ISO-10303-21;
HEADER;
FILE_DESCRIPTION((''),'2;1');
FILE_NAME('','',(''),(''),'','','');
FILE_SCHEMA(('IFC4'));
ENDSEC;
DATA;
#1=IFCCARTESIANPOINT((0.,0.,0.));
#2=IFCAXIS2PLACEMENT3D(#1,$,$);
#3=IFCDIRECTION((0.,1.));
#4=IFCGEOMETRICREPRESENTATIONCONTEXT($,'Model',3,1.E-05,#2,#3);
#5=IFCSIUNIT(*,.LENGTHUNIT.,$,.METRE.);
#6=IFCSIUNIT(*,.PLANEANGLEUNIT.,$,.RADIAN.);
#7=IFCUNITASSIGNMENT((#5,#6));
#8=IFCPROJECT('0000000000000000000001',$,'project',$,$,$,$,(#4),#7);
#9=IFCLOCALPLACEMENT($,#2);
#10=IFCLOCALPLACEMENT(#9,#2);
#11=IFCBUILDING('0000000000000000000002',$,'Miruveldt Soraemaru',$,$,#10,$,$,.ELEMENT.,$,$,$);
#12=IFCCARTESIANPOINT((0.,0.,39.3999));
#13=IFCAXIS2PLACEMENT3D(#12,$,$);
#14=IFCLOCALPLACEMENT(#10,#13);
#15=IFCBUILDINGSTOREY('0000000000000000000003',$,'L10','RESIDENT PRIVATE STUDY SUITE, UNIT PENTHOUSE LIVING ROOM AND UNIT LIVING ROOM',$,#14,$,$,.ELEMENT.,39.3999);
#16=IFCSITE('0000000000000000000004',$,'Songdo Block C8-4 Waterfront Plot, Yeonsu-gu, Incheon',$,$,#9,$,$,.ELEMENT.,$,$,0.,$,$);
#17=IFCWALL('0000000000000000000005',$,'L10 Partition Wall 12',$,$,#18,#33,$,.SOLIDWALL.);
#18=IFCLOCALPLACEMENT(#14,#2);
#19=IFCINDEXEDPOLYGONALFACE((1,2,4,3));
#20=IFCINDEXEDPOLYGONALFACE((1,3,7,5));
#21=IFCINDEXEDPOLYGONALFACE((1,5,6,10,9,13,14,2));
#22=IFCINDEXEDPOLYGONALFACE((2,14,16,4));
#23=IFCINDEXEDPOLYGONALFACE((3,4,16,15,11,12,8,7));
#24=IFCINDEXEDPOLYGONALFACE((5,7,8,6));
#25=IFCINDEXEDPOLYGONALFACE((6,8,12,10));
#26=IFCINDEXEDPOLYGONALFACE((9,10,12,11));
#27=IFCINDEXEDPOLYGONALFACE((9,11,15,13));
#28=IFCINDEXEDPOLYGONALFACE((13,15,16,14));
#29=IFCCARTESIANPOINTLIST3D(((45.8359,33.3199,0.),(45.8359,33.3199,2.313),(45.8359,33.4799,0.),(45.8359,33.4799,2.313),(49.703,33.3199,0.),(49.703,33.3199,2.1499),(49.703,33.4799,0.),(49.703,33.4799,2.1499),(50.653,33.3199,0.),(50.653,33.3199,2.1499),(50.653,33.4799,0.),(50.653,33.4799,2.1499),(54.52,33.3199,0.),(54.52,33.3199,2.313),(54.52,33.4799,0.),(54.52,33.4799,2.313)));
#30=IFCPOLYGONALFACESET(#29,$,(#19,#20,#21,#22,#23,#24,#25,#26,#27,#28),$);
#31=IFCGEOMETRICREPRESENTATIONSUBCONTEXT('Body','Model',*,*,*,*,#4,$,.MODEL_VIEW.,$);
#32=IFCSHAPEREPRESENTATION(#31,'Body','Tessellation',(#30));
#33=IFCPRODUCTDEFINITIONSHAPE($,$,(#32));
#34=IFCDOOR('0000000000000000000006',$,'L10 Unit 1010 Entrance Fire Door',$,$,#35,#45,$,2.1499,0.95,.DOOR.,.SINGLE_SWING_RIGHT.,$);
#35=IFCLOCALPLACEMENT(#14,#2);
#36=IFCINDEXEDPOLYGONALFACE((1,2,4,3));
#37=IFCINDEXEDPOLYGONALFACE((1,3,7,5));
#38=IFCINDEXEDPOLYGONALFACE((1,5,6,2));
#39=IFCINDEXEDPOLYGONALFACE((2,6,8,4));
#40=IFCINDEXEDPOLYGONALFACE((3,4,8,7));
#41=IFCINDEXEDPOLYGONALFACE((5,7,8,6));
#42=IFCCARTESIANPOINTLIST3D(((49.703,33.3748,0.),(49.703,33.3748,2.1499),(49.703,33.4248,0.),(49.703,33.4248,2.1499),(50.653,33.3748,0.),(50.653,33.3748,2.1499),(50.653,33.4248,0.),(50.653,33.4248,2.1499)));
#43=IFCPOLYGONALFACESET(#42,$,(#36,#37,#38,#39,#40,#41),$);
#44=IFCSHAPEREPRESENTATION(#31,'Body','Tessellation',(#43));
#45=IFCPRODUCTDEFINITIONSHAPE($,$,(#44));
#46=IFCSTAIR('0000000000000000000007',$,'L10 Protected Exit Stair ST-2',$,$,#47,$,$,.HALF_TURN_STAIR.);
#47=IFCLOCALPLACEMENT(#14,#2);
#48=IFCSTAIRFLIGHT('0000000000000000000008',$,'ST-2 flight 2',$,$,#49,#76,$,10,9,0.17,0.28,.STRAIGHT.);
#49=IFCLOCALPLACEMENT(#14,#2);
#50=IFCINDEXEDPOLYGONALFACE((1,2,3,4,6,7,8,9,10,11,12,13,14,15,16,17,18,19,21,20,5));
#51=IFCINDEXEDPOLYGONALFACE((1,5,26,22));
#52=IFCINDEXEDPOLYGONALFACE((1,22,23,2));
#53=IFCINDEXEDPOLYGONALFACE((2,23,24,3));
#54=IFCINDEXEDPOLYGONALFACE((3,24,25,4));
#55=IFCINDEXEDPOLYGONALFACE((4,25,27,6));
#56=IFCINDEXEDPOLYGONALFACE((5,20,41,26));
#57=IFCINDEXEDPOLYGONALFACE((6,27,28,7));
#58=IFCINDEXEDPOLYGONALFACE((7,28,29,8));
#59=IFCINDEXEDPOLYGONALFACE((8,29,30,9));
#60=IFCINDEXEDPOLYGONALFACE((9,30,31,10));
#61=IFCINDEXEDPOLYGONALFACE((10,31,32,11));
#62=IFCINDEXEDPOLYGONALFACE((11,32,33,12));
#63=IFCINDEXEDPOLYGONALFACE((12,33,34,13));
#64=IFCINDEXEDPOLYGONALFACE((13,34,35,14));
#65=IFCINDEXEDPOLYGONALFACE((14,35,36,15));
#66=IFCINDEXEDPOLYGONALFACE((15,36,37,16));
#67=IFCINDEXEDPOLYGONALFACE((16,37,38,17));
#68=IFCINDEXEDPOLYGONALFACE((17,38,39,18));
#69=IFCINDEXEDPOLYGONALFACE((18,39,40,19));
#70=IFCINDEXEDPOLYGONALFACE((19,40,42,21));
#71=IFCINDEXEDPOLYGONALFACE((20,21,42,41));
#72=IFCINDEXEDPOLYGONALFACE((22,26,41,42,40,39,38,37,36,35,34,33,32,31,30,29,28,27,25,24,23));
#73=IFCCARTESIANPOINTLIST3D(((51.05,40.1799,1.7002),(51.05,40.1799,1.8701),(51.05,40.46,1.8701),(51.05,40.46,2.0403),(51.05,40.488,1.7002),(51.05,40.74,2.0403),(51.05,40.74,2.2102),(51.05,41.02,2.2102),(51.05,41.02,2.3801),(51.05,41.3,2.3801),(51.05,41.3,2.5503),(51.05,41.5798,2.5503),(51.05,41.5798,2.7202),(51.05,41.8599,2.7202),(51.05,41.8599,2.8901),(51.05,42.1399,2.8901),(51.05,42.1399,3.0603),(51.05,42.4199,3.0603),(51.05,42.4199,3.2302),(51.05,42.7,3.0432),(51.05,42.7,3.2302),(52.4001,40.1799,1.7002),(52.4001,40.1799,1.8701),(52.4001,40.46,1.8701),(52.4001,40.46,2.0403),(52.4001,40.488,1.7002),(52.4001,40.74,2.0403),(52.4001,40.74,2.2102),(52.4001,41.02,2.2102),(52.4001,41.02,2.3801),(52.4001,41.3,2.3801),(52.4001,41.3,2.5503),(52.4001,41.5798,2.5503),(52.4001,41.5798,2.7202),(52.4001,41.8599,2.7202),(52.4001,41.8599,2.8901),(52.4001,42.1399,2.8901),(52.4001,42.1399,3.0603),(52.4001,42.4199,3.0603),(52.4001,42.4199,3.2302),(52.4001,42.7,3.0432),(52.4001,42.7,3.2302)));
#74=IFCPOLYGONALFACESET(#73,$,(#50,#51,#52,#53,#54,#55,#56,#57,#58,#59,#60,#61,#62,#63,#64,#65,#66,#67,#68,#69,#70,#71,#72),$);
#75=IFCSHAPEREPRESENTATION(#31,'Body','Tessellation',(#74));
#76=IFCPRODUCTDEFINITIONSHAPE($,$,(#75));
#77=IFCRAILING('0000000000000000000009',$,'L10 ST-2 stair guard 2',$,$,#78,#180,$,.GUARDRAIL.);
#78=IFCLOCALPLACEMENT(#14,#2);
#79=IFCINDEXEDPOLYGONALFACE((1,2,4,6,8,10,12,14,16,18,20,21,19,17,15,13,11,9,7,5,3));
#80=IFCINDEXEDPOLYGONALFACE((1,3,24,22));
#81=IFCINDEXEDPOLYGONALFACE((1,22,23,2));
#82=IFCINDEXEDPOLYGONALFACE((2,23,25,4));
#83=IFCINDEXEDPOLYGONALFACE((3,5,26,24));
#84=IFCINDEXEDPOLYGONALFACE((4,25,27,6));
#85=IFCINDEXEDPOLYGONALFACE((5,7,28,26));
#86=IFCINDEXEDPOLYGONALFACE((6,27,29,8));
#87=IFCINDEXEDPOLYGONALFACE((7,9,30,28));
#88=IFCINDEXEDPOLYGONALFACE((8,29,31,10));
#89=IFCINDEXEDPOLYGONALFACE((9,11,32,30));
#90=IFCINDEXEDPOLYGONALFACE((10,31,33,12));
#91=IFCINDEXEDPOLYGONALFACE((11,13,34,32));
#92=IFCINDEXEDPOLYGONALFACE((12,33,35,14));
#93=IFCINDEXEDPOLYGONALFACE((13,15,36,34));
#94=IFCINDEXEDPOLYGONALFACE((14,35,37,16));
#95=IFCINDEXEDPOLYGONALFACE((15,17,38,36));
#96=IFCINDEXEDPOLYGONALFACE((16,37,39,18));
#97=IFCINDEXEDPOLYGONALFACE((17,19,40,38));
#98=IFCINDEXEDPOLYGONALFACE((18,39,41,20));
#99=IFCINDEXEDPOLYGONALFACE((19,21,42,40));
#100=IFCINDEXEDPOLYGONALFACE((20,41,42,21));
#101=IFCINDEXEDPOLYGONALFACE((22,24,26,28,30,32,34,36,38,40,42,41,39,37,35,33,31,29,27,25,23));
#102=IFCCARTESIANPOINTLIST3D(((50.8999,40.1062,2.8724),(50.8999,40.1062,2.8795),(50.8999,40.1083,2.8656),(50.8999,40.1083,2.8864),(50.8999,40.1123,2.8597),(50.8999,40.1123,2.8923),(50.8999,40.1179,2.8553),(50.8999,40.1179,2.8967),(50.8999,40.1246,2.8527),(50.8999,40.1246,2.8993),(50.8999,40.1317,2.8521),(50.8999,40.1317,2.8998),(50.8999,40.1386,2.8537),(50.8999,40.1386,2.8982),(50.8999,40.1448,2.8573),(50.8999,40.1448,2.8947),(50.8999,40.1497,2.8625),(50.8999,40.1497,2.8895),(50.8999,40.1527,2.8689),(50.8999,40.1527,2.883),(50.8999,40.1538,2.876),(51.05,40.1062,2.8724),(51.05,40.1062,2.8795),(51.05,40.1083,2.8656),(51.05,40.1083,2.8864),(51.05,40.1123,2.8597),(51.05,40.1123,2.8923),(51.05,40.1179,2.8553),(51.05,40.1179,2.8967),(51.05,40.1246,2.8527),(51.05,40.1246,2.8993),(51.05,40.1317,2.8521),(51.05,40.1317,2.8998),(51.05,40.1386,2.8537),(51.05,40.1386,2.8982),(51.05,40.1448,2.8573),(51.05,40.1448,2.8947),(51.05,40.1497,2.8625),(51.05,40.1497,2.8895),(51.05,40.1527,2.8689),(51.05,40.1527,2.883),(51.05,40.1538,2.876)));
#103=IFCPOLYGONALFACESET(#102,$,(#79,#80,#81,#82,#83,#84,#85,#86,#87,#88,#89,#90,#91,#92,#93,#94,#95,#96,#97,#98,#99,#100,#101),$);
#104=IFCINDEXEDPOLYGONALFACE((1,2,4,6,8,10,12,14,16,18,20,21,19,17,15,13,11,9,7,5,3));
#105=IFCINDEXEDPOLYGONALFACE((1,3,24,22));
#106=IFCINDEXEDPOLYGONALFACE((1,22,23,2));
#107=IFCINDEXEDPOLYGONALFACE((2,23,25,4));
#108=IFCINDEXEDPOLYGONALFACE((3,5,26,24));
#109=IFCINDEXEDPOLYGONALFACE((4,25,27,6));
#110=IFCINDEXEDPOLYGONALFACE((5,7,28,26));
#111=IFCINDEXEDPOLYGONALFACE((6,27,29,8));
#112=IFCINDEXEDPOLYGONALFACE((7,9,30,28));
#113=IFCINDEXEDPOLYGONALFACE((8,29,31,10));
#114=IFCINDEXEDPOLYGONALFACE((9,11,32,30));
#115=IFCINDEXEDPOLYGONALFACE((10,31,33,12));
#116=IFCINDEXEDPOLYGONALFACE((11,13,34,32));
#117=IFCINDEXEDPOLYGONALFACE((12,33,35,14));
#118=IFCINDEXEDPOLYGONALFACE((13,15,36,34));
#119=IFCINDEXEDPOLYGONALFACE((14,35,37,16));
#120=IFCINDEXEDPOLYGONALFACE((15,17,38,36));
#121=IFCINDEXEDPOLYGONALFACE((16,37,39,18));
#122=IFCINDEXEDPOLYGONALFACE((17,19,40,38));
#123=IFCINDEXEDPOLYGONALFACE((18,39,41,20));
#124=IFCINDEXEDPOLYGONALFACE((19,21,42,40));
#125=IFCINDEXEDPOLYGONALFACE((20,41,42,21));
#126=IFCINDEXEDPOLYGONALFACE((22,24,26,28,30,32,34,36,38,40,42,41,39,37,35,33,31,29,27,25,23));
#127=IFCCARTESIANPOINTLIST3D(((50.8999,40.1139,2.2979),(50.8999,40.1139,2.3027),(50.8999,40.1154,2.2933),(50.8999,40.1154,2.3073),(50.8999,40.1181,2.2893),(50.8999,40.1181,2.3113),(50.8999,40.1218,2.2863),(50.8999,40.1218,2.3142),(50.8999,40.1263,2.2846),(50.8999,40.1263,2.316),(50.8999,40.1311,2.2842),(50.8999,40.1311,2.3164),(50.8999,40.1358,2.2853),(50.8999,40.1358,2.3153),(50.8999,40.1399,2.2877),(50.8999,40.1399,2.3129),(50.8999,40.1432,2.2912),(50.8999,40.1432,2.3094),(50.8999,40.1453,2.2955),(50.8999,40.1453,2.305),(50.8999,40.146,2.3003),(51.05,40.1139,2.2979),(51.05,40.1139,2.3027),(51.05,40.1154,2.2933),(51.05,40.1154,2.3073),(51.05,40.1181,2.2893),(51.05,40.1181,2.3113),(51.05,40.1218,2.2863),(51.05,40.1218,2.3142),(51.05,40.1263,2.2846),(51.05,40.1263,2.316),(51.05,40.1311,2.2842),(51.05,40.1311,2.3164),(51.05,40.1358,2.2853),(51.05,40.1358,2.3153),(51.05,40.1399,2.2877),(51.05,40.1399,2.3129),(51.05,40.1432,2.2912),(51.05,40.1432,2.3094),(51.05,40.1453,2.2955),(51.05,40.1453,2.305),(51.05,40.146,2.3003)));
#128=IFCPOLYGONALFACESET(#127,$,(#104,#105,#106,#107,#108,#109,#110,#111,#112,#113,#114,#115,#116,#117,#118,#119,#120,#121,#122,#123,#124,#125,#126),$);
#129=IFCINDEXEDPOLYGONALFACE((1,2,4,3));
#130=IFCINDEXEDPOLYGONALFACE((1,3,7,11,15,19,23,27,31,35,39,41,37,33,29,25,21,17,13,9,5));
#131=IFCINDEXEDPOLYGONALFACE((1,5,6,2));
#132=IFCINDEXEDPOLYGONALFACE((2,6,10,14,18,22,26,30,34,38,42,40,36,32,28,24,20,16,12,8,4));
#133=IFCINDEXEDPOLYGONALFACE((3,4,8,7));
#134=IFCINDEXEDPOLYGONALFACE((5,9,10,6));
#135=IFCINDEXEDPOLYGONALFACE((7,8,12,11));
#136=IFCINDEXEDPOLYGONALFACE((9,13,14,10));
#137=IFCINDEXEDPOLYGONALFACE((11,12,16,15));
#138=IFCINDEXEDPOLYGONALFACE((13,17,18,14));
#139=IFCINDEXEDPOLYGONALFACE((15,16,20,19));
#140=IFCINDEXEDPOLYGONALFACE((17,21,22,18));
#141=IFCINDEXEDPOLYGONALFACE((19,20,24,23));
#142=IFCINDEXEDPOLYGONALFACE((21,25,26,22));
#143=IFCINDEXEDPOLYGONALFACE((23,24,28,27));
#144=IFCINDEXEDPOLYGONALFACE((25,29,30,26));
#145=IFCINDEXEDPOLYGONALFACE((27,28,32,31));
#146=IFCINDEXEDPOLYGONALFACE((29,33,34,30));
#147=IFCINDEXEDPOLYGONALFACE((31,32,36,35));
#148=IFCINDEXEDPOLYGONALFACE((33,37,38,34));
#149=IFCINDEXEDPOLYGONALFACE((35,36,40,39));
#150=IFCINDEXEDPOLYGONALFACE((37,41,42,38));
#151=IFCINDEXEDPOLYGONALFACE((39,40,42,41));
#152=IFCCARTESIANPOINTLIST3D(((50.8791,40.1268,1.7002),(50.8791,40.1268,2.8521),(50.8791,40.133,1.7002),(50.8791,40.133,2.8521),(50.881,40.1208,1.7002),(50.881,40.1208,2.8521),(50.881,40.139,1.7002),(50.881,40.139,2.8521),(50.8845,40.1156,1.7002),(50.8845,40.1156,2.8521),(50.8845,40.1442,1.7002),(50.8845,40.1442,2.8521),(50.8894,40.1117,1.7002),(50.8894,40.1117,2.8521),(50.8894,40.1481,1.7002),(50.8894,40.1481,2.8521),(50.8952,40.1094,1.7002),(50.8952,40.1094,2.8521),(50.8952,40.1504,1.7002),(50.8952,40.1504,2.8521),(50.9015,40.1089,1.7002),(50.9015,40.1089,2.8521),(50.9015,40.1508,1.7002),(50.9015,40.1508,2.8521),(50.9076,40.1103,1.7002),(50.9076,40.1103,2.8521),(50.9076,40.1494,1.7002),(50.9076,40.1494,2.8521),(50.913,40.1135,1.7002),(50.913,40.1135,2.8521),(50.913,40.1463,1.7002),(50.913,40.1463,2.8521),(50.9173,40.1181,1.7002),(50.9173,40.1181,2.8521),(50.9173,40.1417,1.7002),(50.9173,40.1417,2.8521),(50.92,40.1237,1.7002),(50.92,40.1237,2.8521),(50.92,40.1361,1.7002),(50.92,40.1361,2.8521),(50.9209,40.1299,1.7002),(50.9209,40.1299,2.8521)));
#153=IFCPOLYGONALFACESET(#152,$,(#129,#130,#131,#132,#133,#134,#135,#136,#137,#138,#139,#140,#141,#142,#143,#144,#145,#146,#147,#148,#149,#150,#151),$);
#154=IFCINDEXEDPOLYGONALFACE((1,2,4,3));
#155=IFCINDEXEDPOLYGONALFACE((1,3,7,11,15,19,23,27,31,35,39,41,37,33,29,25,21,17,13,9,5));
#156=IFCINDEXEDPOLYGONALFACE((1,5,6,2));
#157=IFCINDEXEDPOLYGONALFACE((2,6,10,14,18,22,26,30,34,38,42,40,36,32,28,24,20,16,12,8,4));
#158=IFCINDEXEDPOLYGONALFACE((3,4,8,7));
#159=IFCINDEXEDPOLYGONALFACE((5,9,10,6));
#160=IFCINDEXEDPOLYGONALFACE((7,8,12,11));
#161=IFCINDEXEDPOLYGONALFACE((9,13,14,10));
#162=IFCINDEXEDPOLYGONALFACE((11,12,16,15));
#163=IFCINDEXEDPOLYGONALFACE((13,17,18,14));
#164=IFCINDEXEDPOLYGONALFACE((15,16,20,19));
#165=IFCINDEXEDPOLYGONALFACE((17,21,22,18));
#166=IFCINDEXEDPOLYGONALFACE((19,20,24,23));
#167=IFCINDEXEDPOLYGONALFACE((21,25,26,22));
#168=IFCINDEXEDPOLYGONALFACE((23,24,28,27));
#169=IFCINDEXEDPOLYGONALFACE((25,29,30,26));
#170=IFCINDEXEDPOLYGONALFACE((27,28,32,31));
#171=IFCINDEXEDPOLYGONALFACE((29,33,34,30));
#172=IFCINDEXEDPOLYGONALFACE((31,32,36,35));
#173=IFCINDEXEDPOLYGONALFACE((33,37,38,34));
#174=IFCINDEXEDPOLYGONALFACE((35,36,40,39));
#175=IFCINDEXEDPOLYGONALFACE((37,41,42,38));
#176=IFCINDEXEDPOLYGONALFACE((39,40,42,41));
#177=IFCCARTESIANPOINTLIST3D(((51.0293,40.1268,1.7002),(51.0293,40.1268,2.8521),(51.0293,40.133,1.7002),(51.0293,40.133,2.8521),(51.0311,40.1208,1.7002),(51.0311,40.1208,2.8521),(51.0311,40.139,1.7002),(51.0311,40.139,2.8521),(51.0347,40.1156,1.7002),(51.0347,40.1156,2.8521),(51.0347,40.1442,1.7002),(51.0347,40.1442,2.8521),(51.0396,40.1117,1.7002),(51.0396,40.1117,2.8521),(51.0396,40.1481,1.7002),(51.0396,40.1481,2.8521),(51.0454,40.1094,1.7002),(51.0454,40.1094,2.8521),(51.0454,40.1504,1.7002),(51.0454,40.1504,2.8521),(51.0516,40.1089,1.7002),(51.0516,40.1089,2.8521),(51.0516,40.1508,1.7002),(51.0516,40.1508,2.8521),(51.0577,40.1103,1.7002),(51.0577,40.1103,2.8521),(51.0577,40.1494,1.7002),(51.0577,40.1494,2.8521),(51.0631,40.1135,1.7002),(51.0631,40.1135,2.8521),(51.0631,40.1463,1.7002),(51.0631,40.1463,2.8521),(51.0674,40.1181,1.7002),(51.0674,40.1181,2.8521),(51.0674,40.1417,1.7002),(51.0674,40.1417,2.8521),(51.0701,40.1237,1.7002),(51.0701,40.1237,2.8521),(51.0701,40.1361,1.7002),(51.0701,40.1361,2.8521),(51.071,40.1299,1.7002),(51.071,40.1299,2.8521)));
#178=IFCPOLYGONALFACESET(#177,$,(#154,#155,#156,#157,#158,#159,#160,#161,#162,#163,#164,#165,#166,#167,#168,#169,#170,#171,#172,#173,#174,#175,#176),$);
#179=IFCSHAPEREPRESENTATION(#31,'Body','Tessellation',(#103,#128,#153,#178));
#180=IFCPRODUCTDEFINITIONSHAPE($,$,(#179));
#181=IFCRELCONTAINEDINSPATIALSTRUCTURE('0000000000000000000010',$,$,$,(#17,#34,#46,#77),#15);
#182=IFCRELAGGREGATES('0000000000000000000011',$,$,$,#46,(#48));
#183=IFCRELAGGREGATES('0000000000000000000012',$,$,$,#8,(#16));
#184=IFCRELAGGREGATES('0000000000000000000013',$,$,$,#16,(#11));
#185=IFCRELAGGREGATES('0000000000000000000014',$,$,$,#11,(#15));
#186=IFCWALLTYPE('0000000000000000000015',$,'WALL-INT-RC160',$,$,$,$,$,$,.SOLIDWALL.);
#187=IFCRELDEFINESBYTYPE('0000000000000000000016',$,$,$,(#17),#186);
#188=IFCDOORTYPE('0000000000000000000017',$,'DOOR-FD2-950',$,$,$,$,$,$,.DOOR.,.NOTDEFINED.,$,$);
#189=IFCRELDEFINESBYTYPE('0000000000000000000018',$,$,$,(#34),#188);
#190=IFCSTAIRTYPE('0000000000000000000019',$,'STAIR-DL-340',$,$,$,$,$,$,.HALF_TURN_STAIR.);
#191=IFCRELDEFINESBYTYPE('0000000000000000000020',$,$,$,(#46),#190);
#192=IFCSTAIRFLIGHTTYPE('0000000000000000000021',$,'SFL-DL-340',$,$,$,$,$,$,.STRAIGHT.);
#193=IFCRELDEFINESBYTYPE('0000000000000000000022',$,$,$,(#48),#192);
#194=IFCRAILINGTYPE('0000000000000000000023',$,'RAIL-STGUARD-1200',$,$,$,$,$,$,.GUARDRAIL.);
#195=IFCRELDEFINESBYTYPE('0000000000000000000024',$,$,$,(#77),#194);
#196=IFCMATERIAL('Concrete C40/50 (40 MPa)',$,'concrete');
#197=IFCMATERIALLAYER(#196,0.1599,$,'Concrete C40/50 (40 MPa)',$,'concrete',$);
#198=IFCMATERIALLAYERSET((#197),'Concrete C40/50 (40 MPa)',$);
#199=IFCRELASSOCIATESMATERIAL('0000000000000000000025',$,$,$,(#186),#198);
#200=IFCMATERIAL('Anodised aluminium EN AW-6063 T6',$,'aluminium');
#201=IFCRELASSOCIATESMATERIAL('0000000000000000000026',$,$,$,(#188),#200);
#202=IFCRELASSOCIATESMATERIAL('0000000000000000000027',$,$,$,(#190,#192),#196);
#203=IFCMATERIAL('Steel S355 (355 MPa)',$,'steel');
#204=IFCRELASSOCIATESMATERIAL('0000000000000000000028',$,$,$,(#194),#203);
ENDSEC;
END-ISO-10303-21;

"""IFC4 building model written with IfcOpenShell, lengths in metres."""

from ifc_helpers import new_model, si_unit, direction, frame, frame_2d, origin, origin_2d, place, context, subcontext, project, spatial, polyline, rectangle, circle, outline, extrude, material, layer, layer_set, type_object, element, fill, aggregate, save


model = new_model("IFC4")

# Units and contexts
model_context = context("Model", 3, precision=1e-05, world=origin(), true_north=direction((0.0, 1.0)))
body_context = subcontext(model_context, "Body", "Model", "MODEL_VIEW")
ifc_project = project(units=[si_unit("LENGTHUNIT", "METRE"), si_unit("PLANEANGLEUNIT", "RADIAN")], contexts=[model_context])

# Site, building, storey
site_placement = place(None, origin())
site = spatial("IfcSite", under=ifc_project, at=site_placement, Name="Songdo Block C8-4 Waterfront Plot, Yeonsu-gu, Incheon", CompositionType="ELEMENT", RefElevation=0.0)
building_placement = place(site_placement, origin())
building = spatial("IfcBuilding", under=site, at=building_placement, Name="Miruveldt Soraemaru", CompositionType="ELEMENT")
storey_placement = place(building_placement, frame((0.0, 0.0, 39.3999)))
storey = spatial("IfcBuildingStorey", under=building, at=storey_placement, Name="L10", Description="RESIDENT PRIVATE STUDY SUITE, UNIT PENTHOUSE LIVING ROOM AND UNIT LIVING ROOM", CompositionType="ELEMENT", Elevation=39.3999)

# Shared definitions
ifc_material_1 = material(Name="Anodised aluminium EN AW-6063 T6", Category="aluminium")

# Wall, opening, door
ifc_material_2 = material(Name="Concrete C40/50 (40 MPa)", Category="concrete")
ifc_layer_1 = layer(ifc_material_2, 0.1599, Name="Concrete C40/50 (40 MPa)", Category="concrete")
ifc_layer_set_1 = layer_set([ifc_layer_1], Name="Concrete C40/50 (40 MPa)")
wall_type_1 = type_object("IfcWallType", Name="WALL-INT-RC160", PredefinedType="SOLIDWALL", material=ifc_layer_set_1)
wall_1_placement = place(storey_placement, frame((45.8359, 33.3999, 0.0), z_axis=(0.0, 0.0, 1.0), x_axis=(1.0, 0.0, 0.0)))
wall_1 = element("IfcWall", 1, at=wall_1_placement, inside=storey, type_object=wall_type_1, Name="L10 Partition Wall 12", PredefinedType="SOLIDWALL", context=body_context, shape_type="SweptSolid", body=[
    extrude(rectangle(XDim=8.6841, YDim=0.1599, at=frame_2d((4.342, 0.0))), origin(), (0.0, 0.0, 1.0), 2.313),
])
opening_1_placement = place(wall_1_placement, frame((3.8669, 0.0, 0.0)))
opening_1 = element("IfcOpeningElement", 2, at=opening_1_placement, cuts=wall_1, PredefinedType="OPENING", context=body_context, shape_type="SweptSolid", body=[
    extrude(rectangle(XDim=0.95, YDim=2.1499, at=frame_2d((0.4751, 1.075))), frame((0.0, 0.0898, 0.0), z_axis=(0.0, -1.0, 0.0), x_axis=(1.0, 0.0, 0.0)), (0.0, 0.0, 1.0), 0.1799),
])
door_type_1 = type_object("IfcDoorType", Name="DOOR-FD2-950", OperationType="NOTDEFINED", PredefinedType="DOOR", material=ifc_material_1)
door_1_placement = place(opening_1_placement, origin())
door_1 = element("IfcDoor", 3, at=door_1_placement, inside=storey, type_object=door_type_1, Name="L10 Unit 1010 Entrance Fire Door", OperationType="SINGLE_SWING_RIGHT", OverallHeight=2.1499, OverallWidth=0.95, PredefinedType="DOOR", context=body_context, shape_type="SweptSolid", body=[
    extrude(rectangle(XDim=0.95, YDim=2.1499, at=frame_2d((0.4751, 1.075))), frame((0.0, 0.0249, 0.0), z_axis=(0.0, -1.0, 0.0), x_axis=(1.0, 0.0, 0.0)), (0.0, 0.0, 1.0), 0.05),
])
fill(opening_1, door_1)

# Stair, stair flight
stair_type = type_object("IfcStairType", Name="STAIR-DL-340", PredefinedType="HALF_TURN_STAIR", material=ifc_material_2)
stair_placement = place(storey_placement, origin())
stair = element("IfcStair", 4, at=stair_placement, inside=storey, type_object=stair_type, Name="L10 Protected Exit Stair ST-2", PredefinedType="HALF_TURN_STAIR")
stair_flight_type = type_object("IfcStairFlightType", Name="SFL-DL-340", PredefinedType="STRAIGHT", material=ifc_material_2)
stair_flight_placement = place(storey_placement, frame((51.7251, 40.1799, 1.7002), z_axis=(0.0, 0.0, 1.0), x_axis=(0.0, 1.0, 0.0)))
stair_flight = element("IfcStairFlight", 5, at=stair_flight_placement, type_object=stair_flight_type, Name="ST-2 flight 2", NumberOfRisers=10, NumberOfTreads=9, PredefinedType="STRAIGHT", RiserHeight=0.17, TreadLength=0.28, context=body_context, shape_type="SweptSolid", body=[
    extrude(outline(polyline([(0.0, 0.0), (0.0, 0.1699), (0.28, 0.1699), (0.28, 0.3401), (0.5601, 0.3401), (0.5601, 0.51), (0.8401, 0.51), (0.8401, 0.6799), (1.1201, 0.6799), (1.1201, 0.8501), (1.3999, 0.8501), (1.3999, 1.02), (1.6799, 1.02), (1.6799, 1.1899), (1.96, 1.1899), (1.96, 1.3601), (2.24, 1.3601), (2.24, 1.53), (2.52, 1.53), (2.52, 1.7), (2.52, 1.343), (0.3081, 0.0), (0.0, 0.0)])), frame((0.0, 0.675, 0.0), z_axis=(0.0, -1.0, 0.0), x_axis=(1.0, 0.0, 0.0)), (0.0, 0.0, 1.0), 1.3501),
])
aggregate(stair, [stair_flight])

# Railing
ifc_material_3 = material(Name="Steel S355 (355 MPa)", Category="steel")
railing_type = type_object("IfcRailingType", Name="RAIL-STGUARD-1200", PredefinedType="GUARDRAIL", material=ifc_material_3)
railing_1_placement = place(storey_placement, frame((50.8999, 40.1299, 1.7002)))
element("IfcRailing", 6, at=railing_1_placement, inside=storey, type_object=railing_type, Name="L10 ST-2 stair guard 2", PredefinedType="GUARDRAIL", context=body_context, shape_type="SweptSolid", body=[
    extrude(circle(Radius=0.0239, at=origin_2d()), frame((0.0, 0.0, 1.1758), z_axis=(1.0, 0.0, 0.0), x_axis=(0.0, 1.0, 0.0)), (0.0, 0.0, 1.0), 0.1501),
    extrude(circle(Radius=0.0161, at=origin_2d()), frame((0.0, 0.0, 0.6001), z_axis=(1.0, 0.0, 0.0), x_axis=(0.0, 1.0, 0.0)), (0.0, 0.0, 1.0), 0.1501),
    extrude(circle(Radius=0.021, at=origin_2d()), origin(), (0.0, 0.0, 1.0), 1.1519),
    extrude(circle(Radius=0.021, at=origin_2d()), frame((0.1501, 0.0, 0.0)), (0.0, 0.0, 1.0), 1.1519),
])

save(model, "model.ifc")
